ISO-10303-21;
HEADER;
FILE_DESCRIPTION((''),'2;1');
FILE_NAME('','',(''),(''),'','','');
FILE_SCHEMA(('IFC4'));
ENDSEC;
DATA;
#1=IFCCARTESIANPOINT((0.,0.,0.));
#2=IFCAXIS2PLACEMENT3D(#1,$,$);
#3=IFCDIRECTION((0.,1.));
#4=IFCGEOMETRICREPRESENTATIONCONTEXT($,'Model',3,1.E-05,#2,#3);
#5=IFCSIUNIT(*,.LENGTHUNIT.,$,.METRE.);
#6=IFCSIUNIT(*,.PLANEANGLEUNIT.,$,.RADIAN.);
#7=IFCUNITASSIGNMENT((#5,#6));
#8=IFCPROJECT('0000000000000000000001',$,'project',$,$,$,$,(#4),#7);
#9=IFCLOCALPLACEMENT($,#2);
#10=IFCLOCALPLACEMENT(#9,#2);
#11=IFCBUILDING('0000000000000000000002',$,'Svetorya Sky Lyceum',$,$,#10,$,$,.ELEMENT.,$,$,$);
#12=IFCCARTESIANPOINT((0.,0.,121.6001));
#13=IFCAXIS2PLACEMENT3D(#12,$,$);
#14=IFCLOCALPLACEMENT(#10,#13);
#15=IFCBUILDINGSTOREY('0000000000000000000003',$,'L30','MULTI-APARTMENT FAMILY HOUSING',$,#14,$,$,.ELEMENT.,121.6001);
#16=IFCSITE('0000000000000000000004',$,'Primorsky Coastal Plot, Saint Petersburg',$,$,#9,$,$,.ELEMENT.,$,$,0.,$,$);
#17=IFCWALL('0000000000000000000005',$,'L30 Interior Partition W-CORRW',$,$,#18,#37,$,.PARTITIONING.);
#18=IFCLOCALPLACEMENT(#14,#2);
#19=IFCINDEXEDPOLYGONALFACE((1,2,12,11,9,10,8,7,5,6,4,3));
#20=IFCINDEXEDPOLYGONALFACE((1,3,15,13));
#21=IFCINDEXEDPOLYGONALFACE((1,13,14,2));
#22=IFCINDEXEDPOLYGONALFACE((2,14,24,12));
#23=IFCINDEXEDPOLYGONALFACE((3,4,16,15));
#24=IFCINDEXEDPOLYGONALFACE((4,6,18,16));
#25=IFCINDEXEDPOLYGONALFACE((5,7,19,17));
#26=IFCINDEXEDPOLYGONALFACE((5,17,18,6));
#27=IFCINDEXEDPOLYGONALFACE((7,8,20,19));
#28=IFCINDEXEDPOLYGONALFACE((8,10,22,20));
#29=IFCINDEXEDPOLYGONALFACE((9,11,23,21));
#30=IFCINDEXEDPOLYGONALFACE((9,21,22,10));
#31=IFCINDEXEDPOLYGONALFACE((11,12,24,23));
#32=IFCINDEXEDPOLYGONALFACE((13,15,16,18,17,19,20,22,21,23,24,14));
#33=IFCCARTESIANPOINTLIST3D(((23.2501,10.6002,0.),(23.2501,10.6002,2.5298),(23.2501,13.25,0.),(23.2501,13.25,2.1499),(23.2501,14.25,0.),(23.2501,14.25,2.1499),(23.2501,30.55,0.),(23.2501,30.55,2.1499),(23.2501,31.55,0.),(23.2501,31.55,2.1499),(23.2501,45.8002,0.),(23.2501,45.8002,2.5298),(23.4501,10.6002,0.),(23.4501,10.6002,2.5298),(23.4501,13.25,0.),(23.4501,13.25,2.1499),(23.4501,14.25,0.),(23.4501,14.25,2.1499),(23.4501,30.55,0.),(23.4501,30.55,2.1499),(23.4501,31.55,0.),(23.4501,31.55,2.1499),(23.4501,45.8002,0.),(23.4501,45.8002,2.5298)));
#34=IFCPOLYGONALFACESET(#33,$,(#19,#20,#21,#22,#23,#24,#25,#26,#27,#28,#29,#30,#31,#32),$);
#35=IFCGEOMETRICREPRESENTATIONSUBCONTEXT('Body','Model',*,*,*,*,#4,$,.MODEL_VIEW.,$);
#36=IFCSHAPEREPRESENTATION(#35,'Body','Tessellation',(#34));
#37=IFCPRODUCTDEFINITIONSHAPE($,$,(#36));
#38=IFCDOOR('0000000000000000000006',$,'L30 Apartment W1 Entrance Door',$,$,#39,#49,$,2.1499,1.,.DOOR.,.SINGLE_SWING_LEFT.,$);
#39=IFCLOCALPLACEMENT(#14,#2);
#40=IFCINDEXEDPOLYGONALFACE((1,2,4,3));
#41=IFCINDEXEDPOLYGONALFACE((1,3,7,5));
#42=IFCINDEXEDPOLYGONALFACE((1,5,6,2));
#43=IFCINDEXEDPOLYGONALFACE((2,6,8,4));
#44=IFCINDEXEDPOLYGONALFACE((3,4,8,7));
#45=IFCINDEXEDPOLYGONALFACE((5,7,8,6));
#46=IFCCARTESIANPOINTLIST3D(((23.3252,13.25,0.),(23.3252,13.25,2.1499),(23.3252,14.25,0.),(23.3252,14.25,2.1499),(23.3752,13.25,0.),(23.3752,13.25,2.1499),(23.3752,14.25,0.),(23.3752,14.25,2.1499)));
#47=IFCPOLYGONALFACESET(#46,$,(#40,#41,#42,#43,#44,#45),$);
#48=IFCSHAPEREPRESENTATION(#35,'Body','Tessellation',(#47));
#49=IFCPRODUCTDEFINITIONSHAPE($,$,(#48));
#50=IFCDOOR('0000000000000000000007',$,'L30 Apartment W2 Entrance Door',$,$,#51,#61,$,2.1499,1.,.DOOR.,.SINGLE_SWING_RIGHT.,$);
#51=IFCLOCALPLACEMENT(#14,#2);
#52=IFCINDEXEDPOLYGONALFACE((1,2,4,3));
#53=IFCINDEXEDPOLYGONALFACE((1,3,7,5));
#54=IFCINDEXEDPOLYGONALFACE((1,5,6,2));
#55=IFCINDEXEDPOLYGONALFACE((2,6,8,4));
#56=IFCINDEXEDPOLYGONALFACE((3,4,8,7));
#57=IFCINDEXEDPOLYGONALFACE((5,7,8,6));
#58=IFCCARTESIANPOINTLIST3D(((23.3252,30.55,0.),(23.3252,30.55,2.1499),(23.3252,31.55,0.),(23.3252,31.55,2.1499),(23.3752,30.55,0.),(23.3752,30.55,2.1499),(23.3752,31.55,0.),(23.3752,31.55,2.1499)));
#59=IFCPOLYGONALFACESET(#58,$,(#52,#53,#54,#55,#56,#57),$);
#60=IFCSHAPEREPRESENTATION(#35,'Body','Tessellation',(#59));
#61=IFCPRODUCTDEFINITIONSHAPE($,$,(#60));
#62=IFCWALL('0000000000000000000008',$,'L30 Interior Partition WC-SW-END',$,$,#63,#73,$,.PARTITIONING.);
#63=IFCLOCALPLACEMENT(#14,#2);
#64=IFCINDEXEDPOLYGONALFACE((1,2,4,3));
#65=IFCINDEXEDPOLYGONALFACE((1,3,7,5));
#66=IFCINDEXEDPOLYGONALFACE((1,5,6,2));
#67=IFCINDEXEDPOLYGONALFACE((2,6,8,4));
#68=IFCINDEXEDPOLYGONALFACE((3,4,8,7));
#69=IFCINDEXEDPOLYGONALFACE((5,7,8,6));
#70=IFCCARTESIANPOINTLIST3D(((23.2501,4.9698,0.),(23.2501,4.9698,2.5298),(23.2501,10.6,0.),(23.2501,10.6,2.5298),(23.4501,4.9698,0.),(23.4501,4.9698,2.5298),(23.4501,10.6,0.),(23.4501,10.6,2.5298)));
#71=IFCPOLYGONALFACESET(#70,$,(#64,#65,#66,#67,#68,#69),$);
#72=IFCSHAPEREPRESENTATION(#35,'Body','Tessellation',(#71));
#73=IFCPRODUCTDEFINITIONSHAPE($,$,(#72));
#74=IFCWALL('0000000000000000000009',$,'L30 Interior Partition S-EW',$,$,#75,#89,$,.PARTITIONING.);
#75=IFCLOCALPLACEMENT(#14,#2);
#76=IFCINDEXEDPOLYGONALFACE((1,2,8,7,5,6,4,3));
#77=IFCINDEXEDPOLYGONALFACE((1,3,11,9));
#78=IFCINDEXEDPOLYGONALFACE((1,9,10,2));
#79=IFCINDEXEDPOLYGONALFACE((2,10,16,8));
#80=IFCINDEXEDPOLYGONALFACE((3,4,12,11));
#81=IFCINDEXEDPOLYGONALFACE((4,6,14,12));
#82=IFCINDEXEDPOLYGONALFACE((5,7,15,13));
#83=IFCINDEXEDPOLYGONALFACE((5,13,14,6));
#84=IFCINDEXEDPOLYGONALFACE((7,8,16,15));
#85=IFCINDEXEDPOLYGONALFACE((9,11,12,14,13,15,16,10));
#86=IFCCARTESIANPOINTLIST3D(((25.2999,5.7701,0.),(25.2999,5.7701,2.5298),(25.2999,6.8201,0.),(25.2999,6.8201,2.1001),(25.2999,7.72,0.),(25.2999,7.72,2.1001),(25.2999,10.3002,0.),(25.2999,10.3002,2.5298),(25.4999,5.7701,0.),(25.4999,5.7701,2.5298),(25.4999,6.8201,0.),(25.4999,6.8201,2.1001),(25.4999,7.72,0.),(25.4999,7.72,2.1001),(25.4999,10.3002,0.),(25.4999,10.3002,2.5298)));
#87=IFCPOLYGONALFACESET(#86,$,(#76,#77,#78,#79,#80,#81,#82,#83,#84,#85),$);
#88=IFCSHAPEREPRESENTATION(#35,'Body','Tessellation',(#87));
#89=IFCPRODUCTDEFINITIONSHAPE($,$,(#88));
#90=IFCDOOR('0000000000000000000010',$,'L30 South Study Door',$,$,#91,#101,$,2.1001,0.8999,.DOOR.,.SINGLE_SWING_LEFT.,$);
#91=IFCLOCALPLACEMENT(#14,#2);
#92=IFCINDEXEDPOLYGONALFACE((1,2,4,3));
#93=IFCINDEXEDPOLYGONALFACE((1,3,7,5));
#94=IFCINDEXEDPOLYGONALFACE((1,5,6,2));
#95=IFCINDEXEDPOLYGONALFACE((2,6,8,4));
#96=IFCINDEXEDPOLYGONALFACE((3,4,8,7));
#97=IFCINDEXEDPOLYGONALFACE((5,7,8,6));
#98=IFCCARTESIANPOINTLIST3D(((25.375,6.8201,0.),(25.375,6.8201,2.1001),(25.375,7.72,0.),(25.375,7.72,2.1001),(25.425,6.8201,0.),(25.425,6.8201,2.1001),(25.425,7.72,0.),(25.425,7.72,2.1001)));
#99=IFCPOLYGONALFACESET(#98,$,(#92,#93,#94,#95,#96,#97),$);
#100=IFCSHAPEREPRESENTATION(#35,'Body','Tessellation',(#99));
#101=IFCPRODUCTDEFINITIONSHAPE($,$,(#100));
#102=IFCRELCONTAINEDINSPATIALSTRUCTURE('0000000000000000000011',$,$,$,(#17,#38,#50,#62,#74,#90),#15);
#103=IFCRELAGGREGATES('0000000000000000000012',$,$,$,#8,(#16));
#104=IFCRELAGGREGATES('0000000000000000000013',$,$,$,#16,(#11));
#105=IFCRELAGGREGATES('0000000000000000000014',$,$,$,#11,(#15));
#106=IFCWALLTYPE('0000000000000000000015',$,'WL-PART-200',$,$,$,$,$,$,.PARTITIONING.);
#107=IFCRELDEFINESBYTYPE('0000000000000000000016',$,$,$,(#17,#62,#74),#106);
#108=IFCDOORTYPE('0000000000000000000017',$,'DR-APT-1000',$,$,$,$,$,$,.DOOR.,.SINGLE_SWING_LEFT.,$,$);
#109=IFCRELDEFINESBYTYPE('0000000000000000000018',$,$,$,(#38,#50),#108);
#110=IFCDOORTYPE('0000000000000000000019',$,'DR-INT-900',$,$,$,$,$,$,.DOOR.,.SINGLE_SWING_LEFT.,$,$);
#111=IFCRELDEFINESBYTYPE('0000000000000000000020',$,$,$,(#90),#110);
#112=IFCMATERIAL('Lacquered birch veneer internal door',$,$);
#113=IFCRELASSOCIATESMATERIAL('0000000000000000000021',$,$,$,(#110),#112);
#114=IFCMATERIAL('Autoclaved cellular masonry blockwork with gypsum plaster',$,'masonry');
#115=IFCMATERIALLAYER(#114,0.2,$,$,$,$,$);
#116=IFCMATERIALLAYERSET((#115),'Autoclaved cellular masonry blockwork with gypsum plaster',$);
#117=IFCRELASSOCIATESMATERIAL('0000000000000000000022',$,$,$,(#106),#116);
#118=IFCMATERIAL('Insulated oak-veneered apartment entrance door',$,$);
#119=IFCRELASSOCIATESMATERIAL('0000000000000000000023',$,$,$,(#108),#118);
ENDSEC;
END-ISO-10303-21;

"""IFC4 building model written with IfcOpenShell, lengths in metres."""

from ifc_helpers import new_model, si_unit, direction, frame, frame_2d, origin, place, context, subcontext, project, spatial, rectangle, extrude, material, layer, layer_set, type_object, element, fill, save


model = new_model("IFC4")

# Units and contexts
model_context = context("Model", 3, precision=1e-05, world=origin(), true_north=direction((0.0, 1.0)))
body_context = subcontext(model_context, "Body", "Model", "MODEL_VIEW")
ifc_project = project(units=[si_unit("LENGTHUNIT", "METRE"), si_unit("PLANEANGLEUNIT", "RADIAN")], contexts=[model_context])

# Site, building, storey
site_placement = place(None, origin())
site = spatial("IfcSite", under=ifc_project, at=site_placement, Name="Primorsky Coastal Plot, Saint Petersburg", CompositionType="ELEMENT", RefElevation=0.0)
building_placement = place(site_placement, origin())
building = spatial("IfcBuilding", under=site, at=building_placement, Name="Svetorya Sky Lyceum", CompositionType="ELEMENT")
storey_placement = place(building_placement, frame((0.0, 0.0, 121.6001)))
storey = spatial("IfcBuildingStorey", under=building, at=storey_placement, Name="L30", Description="MULTI-APARTMENT FAMILY HOUSING", CompositionType="ELEMENT", Elevation=121.6001)

# Shared definitions
ifc_material_1 = material(Name="Lacquered birch veneer internal door")
door_type_1 = type_object("IfcDoorType", Name="DR-INT-900", OperationType="SINGLE_SWING_LEFT", PredefinedType="DOOR", material=ifc_material_1)

# Shared definitions
ifc_material_2 = material(Name="Autoclaved cellular masonry blockwork with gypsum plaster", Category="masonry")
ifc_layer_1 = layer(ifc_material_2, 0.2)
ifc_layer_set_1 = layer_set([ifc_layer_1], Name="Autoclaved cellular masonry blockwork with gypsum plaster")
wall_type_1 = type_object("IfcWallType", Name="WL-PART-200", PredefinedType="PARTITIONING", material=ifc_layer_set_1)

# Wall, openings, doors
wall_1_placement = place(storey_placement, frame((23.3501, 10.6001, 0.0), z_axis=(0.0, 0.0, 1.0), x_axis=(0.0, 1.0, 0.0)))
wall_1 = element("IfcWall", 1, at=wall_1_placement, inside=storey, type_object=wall_type_1, Name="L30 Interior Partition W-CORRW", PredefinedType="PARTITIONING", context=body_context, shape_type="SweptSolid", body=[
    extrude(rectangle(XDim=35.2, YDim=0.2, at=frame_2d((17.6001, 0.0))), origin(), (0.0, 0.0, 1.0), 2.5298),
])
opening_1_placement = place(wall_1_placement, frame((2.6499, 0.0, 0.0)))
opening_1 = element("IfcOpeningElement", 2, at=opening_1_placement, cuts=wall_1, PredefinedType="OPENING", context=body_context, shape_type="SweptSolid", body=[
    extrude(rectangle(XDim=1.0, YDim=2.1499, at=frame_2d((0.5, 1.075))), frame((0.0, 0.1099, 0.0), z_axis=(0.0, -1.0, 0.0), x_axis=(1.0, 0.0, 0.0)), (0.0, 0.0, 1.0), 0.22),
])
opening_2_placement = place(wall_1_placement, frame((19.95, 0.0, 0.0)))
opening_2 = element("IfcOpeningElement", 3, at=opening_2_placement, cuts=wall_1, PredefinedType="OPENING", context=body_context, shape_type="SweptSolid", body=[
    extrude(rectangle(XDim=1.0, YDim=2.1499, at=frame_2d((0.5, 1.075))), frame((0.0, 0.1099, 0.0), z_axis=(0.0, -1.0, 0.0), x_axis=(1.0, 0.0, 0.0)), (0.0, 0.0, 1.0), 0.22),
])
ifc_material_3 = material(Name="Insulated oak-veneered apartment entrance door")
door_type_2 = type_object("IfcDoorType", Name="DR-APT-1000", OperationType="SINGLE_SWING_LEFT", PredefinedType="DOOR", material=ifc_material_3)
door_1_placement = place(opening_1_placement, origin())
door_1 = element("IfcDoor", 4, at=door_1_placement, inside=storey, type_object=door_type_2, Name="L30 Apartment W1 Entrance Door", OperationType="SINGLE_SWING_LEFT", OverallHeight=2.1499, OverallWidth=1.0, PredefinedType="DOOR", context=body_context, shape_type="SweptSolid", body=[
    extrude(rectangle(XDim=1.0, YDim=2.1499, at=frame_2d((0.5, 1.075))), frame((0.0, 0.0249, 0.0), z_axis=(0.0, -1.0, 0.0), x_axis=(1.0, 0.0, 0.0)), (0.0, 0.0, 1.0), 0.05),
])
fill(opening_1, door_1)
door_2_placement = place(opening_2_placement, origin())
door_2 = element("IfcDoor", 5, at=door_2_placement, inside=storey, type_object=door_type_2, Name="L30 Apartment W2 Entrance Door", OperationType="SINGLE_SWING_RIGHT", OverallHeight=2.1499, OverallWidth=1.0, PredefinedType="DOOR", context=body_context, shape_type="SweptSolid", body=[
    extrude(rectangle(XDim=1.0, YDim=2.1499, at=frame_2d((0.5, 1.075))), frame((0.0, 0.0249, 0.0), z_axis=(0.0, -1.0, 0.0), x_axis=(1.0, 0.0, 0.0)), (0.0, 0.0, 1.0), 0.05),
])
fill(opening_2, door_2)

# Wall
wall_2_placement = place(storey_placement, frame((23.3501, 4.97, 0.0), z_axis=(0.0, 0.0, 1.0), x_axis=(0.0, 1.0, 0.0)))
element("IfcWall", 6, at=wall_2_placement, inside=storey, type_object=wall_type_1, Name="L30 Interior Partition WC-SW-END", PredefinedType="PARTITIONING", context=body_context, shape_type="SweptSolid", body=[
    extrude(rectangle(XDim=5.6301, YDim=0.2, at=frame_2d((2.8149, 0.0))), origin(), (0.0, 0.0, 1.0), 2.5298),
])

# Wall, opening, door
wall_3_placement = place(storey_placement, frame((25.3999, 5.77, 0.0), z_axis=(0.0, 0.0, 1.0), x_axis=(0.0, 1.0, 0.0)))
wall_3 = element("IfcWall", 7, at=wall_3_placement, inside=storey, type_object=wall_type_1, Name="L30 Interior Partition S-EW", PredefinedType="PARTITIONING", context=body_context, shape_type="SweptSolid", body=[
    extrude(rectangle(XDim=4.53, YDim=0.2, at=frame_2d((2.2651, 0.0))), origin(), (0.0, 0.0, 1.0), 2.5298),
])
opening_3_placement = place(wall_3_placement, frame((1.05, 0.0, 0.0)))
opening_3 = element("IfcOpeningElement", 8, at=opening_3_placement, cuts=wall_3, PredefinedType="OPENING", context=body_context, shape_type="SweptSolid", body=[
    extrude(rectangle(XDim=0.8999, YDim=2.1001, at=frame_2d((0.45, 1.05))), frame((0.0, 0.1099, 0.0), z_axis=(0.0, -1.0, 0.0), x_axis=(1.0, 0.0, 0.0)), (0.0, 0.0, 1.0), 0.22),
])
door_3_placement = place(opening_3_placement, origin())
door_3 = element("IfcDoor", 9, at=door_3_placement, inside=storey, type_object=door_type_1, Name="L30 South Study Door", OperationType="SINGLE_SWING_LEFT", OverallHeight=2.1001, OverallWidth=0.8999, PredefinedType="DOOR", context=body_context, shape_type="SweptSolid", body=[
    extrude(rectangle(XDim=0.8999, YDim=2.1001, at=frame_2d((0.45, 1.05))), frame((0.0, 0.0249, 0.0), z_axis=(0.0, -1.0, 0.0), x_axis=(1.0, 0.0, 0.0)), (0.0, 0.0, 1.0), 0.05),
])
fill(opening_3, door_3)

save(model, "model.ifc")
